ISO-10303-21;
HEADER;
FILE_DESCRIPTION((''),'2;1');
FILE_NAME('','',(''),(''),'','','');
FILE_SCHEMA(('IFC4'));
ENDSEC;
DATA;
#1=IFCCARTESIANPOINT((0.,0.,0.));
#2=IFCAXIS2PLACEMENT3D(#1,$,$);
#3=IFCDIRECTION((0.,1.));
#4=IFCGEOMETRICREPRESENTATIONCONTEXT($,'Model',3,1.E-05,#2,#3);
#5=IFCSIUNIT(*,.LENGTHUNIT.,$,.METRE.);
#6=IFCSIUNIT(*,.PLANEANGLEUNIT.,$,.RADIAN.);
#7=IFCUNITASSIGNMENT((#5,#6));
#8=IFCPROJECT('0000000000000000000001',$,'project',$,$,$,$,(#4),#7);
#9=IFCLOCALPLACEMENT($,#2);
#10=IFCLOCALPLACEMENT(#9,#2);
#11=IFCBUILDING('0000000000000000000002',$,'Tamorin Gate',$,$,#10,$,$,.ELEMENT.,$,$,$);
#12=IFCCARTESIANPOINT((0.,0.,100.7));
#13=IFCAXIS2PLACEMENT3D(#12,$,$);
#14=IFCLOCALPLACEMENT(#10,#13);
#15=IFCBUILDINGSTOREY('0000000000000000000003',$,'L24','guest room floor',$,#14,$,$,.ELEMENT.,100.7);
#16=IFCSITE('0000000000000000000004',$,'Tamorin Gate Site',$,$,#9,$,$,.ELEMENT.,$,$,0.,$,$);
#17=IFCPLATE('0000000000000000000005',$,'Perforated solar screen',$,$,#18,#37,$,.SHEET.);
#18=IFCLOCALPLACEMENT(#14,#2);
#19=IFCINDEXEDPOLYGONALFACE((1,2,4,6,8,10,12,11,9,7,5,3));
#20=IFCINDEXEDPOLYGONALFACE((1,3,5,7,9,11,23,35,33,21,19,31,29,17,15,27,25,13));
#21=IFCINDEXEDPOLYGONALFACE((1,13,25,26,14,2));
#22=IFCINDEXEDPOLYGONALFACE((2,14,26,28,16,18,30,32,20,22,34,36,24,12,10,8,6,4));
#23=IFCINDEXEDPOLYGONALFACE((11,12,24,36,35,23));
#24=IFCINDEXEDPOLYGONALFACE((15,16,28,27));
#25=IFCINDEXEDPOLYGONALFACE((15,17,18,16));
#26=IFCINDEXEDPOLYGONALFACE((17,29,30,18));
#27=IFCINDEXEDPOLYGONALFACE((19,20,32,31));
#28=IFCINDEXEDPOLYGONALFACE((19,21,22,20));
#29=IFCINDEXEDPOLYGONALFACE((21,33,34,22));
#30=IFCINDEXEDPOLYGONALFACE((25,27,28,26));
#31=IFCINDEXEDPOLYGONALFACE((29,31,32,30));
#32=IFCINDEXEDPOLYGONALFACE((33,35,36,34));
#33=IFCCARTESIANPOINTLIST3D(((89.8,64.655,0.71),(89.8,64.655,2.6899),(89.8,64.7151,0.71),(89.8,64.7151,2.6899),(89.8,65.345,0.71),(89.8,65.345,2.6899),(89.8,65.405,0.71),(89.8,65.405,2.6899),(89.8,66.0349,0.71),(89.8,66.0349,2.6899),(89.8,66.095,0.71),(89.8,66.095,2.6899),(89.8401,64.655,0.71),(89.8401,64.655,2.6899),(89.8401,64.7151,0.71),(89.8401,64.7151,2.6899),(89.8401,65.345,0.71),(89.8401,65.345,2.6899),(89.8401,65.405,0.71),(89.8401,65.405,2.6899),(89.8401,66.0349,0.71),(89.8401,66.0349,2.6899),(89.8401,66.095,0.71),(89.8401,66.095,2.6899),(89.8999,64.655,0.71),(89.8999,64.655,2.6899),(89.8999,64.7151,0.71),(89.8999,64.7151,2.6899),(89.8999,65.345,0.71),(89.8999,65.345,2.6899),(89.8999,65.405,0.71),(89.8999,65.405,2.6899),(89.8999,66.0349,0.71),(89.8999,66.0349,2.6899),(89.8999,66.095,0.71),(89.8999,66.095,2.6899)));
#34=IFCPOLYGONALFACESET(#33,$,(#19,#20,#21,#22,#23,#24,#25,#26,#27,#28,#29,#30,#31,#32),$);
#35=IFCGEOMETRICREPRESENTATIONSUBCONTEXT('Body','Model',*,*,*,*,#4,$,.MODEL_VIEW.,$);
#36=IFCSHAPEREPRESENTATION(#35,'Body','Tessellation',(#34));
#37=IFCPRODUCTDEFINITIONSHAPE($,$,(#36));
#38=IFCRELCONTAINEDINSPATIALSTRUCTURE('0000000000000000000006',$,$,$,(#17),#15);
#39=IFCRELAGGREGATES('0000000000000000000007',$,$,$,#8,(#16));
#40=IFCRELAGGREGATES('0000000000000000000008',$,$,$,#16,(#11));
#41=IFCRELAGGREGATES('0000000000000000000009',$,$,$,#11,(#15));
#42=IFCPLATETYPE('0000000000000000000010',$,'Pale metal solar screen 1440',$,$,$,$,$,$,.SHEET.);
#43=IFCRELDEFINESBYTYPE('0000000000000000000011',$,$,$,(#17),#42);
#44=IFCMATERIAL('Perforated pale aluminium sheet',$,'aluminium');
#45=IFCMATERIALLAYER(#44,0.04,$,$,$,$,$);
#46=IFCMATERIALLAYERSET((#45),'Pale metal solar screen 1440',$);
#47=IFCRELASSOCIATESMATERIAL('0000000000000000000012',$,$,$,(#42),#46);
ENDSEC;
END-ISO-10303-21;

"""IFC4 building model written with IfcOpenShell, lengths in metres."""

from ifc_helpers import new_model, si_unit, direction, frame, origin, place, context, subcontext, project, spatial, polyline, outline, extrude, material, layer, layer_set, type_object, element, save


model = new_model("IFC4")

# Units and contexts
model_context = context("Model", 3, precision=1e-05, world=origin(), true_north=direction((0.0, 1.0)))
body_context = subcontext(model_context, "Body", "Model", "MODEL_VIEW")
ifc_project = project(units=[si_unit("LENGTHUNIT", "METRE"), si_unit("PLANEANGLEUNIT", "RADIAN")], contexts=[model_context])

# Site, building, storey
site_placement = place(None, origin())
site = spatial("IfcSite", under=ifc_project, at=site_placement, Name="Tamorin Gate Site", CompositionType="ELEMENT", RefElevation=0.0)
building_placement = place(site_placement, origin())
building = spatial("IfcBuilding", under=site, at=building_placement, Name="Tamorin Gate", CompositionType="ELEMENT")
storey_placement = place(building_placement, frame((0.0, 0.0, 100.7)))
storey = spatial("IfcBuildingStorey", under=building, at=storey_placement, Name="L24", Description="guest room floor", CompositionType="ELEMENT", Elevation=100.7)

# Plate
ifc_material_1 = material(Name="Perforated pale aluminium sheet", Category="aluminium")
ifc_layer_1 = layer(ifc_material_1, 0.04)
ifc_layer_set_1 = layer_set([ifc_layer_1], Name="Pale metal solar screen 1440")
plate_type = type_object("IfcPlateType", Name="Pale metal solar screen 1440", PredefinedType="SHEET", material=ifc_layer_set_1)
plate_1_placement = place(storey_placement, frame((0.0, 0.0, 0.71)))
element("IfcPlate", 1, at=plate_1_placement, inside=storey, type_object=plate_type, Name="Perforated solar screen", PredefinedType="SHEET", context=body_context, shape_type="SweptSolid", body=[
    extrude(outline(polyline([(89.8401, 64.655), (89.8, 64.655), (89.8, 64.7151), (89.8, 65.345), (89.8, 65.405), (89.8, 66.0349), (89.8, 66.095), (89.8401, 66.095), (89.8999, 66.095), (89.8999, 66.0349), (89.8401, 66.0349), (89.8401, 65.405), (89.8999, 65.405), (89.8999, 65.345), (89.8401, 65.345), (89.8401, 64.7151), (89.8999, 64.7151), (89.8999, 64.655), (89.8401, 64.655)])), origin(), (0.0, 0.0, 1.0), 1.98),
])

save(model, "model.ifc")
